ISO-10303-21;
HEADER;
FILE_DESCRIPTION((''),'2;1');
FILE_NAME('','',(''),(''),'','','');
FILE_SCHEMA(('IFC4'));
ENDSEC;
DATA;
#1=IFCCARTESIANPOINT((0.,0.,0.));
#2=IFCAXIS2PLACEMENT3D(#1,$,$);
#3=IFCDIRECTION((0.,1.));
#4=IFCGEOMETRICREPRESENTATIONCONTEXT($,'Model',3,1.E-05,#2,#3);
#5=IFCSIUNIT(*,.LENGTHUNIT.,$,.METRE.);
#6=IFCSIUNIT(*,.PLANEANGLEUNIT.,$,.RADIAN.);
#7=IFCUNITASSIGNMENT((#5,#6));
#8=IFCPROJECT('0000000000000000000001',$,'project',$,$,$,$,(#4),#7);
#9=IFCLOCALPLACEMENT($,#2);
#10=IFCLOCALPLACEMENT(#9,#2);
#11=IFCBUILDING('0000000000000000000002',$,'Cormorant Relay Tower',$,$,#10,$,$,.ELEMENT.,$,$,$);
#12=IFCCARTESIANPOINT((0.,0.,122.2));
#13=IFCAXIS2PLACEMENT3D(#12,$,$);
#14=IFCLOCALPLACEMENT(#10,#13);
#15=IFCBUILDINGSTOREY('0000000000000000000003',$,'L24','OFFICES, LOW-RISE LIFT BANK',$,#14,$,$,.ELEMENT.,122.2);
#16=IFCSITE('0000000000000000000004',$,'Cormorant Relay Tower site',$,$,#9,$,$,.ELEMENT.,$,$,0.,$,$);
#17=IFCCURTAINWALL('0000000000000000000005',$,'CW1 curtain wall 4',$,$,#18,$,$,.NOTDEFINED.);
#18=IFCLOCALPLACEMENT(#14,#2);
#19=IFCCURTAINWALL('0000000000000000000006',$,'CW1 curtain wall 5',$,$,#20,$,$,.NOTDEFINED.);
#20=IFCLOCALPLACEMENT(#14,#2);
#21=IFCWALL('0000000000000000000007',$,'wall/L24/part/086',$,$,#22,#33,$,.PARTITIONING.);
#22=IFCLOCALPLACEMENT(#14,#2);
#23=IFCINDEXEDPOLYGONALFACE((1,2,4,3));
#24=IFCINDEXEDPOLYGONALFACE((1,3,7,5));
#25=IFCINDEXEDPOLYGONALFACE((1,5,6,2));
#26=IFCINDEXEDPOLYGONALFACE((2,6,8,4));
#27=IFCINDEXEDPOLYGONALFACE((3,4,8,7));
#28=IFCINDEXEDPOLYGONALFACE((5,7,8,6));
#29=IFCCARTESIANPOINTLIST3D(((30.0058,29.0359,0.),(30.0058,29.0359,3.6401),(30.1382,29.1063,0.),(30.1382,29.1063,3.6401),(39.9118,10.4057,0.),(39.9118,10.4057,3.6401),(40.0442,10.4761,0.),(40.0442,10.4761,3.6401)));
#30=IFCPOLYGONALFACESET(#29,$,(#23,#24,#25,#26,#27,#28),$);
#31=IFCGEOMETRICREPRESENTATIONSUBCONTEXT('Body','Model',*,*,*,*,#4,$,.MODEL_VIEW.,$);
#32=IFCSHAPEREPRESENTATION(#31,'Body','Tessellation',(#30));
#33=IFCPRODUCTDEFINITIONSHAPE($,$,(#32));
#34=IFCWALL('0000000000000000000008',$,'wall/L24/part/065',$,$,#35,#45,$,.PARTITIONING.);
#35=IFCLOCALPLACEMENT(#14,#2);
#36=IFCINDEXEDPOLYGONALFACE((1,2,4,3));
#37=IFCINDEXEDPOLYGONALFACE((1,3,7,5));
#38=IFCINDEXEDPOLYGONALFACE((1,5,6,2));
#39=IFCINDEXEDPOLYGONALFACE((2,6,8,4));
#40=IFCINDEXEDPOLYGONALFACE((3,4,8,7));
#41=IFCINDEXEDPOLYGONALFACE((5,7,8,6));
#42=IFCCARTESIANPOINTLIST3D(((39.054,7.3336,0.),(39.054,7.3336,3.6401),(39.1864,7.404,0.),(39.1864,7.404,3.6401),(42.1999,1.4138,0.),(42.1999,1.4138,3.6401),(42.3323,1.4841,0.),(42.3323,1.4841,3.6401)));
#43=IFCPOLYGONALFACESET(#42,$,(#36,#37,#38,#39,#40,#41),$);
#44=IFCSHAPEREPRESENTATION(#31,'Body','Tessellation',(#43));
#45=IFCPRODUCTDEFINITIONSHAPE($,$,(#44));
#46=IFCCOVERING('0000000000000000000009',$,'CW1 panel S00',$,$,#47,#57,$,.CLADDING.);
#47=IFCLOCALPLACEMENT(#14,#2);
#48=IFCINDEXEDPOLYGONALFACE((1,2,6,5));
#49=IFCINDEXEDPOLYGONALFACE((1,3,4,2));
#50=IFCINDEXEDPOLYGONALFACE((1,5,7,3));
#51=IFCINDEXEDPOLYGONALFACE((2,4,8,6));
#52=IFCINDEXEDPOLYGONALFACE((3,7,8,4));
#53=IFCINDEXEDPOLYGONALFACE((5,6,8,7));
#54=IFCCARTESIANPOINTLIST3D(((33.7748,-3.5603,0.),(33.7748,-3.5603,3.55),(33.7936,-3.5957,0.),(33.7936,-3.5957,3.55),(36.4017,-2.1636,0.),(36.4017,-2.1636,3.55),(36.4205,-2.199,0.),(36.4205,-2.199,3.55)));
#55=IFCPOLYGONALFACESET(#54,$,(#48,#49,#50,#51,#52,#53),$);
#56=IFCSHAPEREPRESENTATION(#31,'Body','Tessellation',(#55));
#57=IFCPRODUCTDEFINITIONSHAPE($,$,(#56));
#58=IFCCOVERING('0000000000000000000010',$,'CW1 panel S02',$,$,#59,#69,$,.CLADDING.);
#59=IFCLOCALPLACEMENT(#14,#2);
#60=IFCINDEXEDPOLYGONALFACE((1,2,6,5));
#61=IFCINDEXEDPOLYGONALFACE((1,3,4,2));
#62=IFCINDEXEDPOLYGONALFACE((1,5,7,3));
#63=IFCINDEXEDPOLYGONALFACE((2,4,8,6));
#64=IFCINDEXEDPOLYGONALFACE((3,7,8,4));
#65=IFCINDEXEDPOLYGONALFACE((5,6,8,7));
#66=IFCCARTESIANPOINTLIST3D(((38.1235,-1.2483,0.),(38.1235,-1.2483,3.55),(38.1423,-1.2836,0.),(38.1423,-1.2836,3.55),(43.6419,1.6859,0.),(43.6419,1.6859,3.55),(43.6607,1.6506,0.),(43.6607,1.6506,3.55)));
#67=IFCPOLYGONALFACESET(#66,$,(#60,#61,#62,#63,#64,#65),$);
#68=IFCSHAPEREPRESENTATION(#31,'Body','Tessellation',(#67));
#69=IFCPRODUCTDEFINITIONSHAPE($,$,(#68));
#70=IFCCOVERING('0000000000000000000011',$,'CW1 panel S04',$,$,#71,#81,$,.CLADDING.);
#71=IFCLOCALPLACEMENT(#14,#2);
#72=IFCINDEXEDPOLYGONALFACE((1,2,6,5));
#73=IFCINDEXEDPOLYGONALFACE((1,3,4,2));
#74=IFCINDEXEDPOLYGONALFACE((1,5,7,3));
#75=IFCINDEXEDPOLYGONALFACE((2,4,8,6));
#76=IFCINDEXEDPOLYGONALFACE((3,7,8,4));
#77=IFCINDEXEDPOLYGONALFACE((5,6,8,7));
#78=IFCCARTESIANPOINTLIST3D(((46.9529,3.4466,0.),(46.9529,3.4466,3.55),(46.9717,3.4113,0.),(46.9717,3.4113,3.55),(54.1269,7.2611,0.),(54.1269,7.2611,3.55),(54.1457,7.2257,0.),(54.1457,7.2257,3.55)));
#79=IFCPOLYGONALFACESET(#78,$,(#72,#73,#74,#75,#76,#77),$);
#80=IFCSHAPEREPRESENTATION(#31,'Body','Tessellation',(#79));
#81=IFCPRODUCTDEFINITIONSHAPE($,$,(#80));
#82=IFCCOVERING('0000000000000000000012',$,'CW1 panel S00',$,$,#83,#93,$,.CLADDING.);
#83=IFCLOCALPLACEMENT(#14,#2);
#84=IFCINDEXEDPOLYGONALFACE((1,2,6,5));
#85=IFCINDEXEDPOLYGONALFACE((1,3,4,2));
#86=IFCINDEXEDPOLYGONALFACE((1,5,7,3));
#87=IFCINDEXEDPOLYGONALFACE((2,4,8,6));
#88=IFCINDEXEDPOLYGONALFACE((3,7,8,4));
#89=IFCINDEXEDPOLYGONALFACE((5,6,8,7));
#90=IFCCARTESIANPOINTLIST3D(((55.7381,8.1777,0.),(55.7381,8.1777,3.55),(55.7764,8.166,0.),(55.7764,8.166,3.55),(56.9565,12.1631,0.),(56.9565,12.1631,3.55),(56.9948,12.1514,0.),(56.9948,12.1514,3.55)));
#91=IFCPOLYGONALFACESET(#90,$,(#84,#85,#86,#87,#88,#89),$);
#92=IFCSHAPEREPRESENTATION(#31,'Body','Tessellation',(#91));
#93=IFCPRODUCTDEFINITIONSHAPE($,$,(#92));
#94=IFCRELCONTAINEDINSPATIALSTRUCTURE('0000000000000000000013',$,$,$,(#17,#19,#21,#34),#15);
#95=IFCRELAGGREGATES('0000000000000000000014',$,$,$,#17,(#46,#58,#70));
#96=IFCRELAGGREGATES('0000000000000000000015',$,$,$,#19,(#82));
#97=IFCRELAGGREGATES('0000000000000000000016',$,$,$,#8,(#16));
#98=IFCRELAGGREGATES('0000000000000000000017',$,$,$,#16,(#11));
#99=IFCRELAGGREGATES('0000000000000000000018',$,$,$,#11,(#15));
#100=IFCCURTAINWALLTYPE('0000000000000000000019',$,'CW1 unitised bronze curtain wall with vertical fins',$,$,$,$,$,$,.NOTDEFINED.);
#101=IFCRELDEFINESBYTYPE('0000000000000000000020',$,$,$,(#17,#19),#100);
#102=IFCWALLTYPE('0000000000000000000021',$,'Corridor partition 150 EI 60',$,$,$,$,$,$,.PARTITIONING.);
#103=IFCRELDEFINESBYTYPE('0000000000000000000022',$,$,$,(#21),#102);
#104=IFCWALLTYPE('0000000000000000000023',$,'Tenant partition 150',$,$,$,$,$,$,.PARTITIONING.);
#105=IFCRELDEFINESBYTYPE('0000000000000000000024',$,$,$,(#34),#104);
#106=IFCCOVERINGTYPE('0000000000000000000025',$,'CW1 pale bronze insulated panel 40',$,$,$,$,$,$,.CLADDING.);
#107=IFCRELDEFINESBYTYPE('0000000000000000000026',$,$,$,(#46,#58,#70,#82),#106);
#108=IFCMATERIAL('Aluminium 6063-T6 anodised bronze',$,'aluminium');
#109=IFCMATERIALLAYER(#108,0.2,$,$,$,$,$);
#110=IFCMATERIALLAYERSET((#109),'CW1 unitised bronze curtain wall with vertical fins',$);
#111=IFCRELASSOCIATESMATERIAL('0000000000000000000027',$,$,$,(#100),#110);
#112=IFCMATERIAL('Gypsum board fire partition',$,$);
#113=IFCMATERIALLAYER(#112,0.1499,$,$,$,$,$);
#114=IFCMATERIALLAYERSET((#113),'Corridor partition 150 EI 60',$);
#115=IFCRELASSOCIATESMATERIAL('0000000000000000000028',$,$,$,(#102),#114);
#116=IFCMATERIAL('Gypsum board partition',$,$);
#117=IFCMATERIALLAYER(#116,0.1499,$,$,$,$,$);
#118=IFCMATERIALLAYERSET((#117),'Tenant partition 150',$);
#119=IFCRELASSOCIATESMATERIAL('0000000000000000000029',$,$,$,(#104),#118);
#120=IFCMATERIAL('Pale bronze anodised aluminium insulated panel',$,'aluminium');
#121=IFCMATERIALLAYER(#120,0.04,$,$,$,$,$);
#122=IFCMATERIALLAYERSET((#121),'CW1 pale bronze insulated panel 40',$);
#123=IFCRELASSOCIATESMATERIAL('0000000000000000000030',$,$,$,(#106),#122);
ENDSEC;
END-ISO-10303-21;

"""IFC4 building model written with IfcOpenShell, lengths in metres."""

from ifc_helpers import new_model, si_unit, direction, frame, frame_2d, origin, origin_2d, place, context, subcontext, project, spatial, rectangle, extrude, material, layer, layer_set, type_object, element, aggregate, save


model = new_model("IFC4")

# Units and contexts
model_context = context("Model", 3, precision=1e-05, world=origin(), true_north=direction((0.0, 1.0)))
body_context = subcontext(model_context, "Body", "Model", "MODEL_VIEW")
ifc_project = project(units=[si_unit("LENGTHUNIT", "METRE"), si_unit("PLANEANGLEUNIT", "RADIAN")], contexts=[model_context])

# Site, building, storey
site_placement = place(None, origin())
site = spatial("IfcSite", under=ifc_project, at=site_placement, Name="Cormorant Relay Tower site", CompositionType="ELEMENT", RefElevation=0.0)
building_placement = place(site_placement, origin())
building = spatial("IfcBuilding", under=site, at=building_placement, Name="Cormorant Relay Tower", CompositionType="ELEMENT")
storey_placement = place(building_placement, frame((0.0, 0.0, 122.2)))
storey = spatial("IfcBuildingStorey", under=building, at=storey_placement, Name="L24", Description="OFFICES, LOW-RISE LIFT BANK", CompositionType="ELEMENT", Elevation=122.2)

# Shared definitions
ifc_material_1 = material(Name="Aluminium 6063-T6 anodised bronze", Category="aluminium")
ifc_layer_1 = layer(ifc_material_1, 0.2)
ifc_layer_set_1 = layer_set([ifc_layer_1], Name="CW1 unitised bronze curtain wall with vertical fins")
curtain_wall_type = type_object("IfcCurtainWallType", Name="CW1 unitised bronze curtain wall with vertical fins", PredefinedType="NOTDEFINED", material=ifc_layer_set_1)

# Curtain wall
curtain_wall_1_placement = place(storey_placement, origin())
curtain_wall_1 = element("IfcCurtainWall", 1, at=curtain_wall_1_placement, inside=storey, type_object=curtain_wall_type, Name="CW1 curtain wall 4", PredefinedType="NOTDEFINED")

# Curtain wall
curtain_wall_2_placement = place(storey_placement, origin())
curtain_wall_2 = element("IfcCurtainWall", 2, at=curtain_wall_2_placement, inside=storey, type_object=curtain_wall_type, Name="CW1 curtain wall 5", PredefinedType="NOTDEFINED")

# Shared definitions
ifc_material_2 = material(Name="Gypsum board fire partition")
ifc_layer_2 = layer(ifc_material_2, 0.1499)
ifc_layer_set_2 = layer_set([ifc_layer_2], Name="Corridor partition 150 EI 60")
wall_type_1 = type_object("IfcWallType", Name="Corridor partition 150 EI 60", PredefinedType="PARTITIONING", material=ifc_layer_set_2)

# Walls
wall_1_placement = place(storey_placement, frame((39.978, 10.4409, 0.0), z_axis=(0.0, 0.0, 1.0), x_axis=(-0.469479, 0.882944, 0.0)))
element("IfcWall", 3, at=wall_1_placement, inside=storey, type_object=wall_type_1, Name="wall/L24/part/086", PredefinedType="PARTITIONING", context=body_context, shape_type="SweptSolid", body=[
    extrude(rectangle(XDim=21.1001, YDim=0.1499, at=frame_2d((10.55, 0.0))), origin(), (0.0, 0.0, 1.0), 3.6401),
])
ifc_material_3 = material(Name="Gypsum board partition")
ifc_layer_3 = layer(ifc_material_3, 0.1499)
ifc_layer_set_3 = layer_set([ifc_layer_3], Name="Tenant partition 150")
wall_type_2 = type_object("IfcWallType", Name="Tenant partition 150", PredefinedType="PARTITIONING", material=ifc_layer_set_3)
wall_2_placement = place(storey_placement, frame((39.1201, 7.3689, 0.0), z_axis=(0.0, 0.0, 1.0), x_axis=(0.469276, -0.883052, 0.0)))
element("IfcWall", 4, at=wall_2_placement, inside=storey, type_object=wall_type_2, Name="wall/L24/part/065", PredefinedType="PARTITIONING", context=body_context, shape_type="SweptSolid", body=[
    extrude(rectangle(XDim=6.7039, YDim=0.1499, at=frame_2d((3.3521, 0.0))), origin(), (0.0, 0.0, 1.0), 3.6401),
])

# Coverings
ifc_material_4 = material(Name="Pale bronze anodised aluminium insulated panel", Category="aluminium")
ifc_layer_4 = layer(ifc_material_4, 0.04)
ifc_layer_set_4 = layer_set([ifc_layer_4], Name="CW1 pale bronze insulated panel 40")
covering_type = type_object("IfcCoveringType", Name="CW1 pale bronze insulated panel 40", PredefinedType="CLADDING", material=ifc_layer_set_4)
covering_1_placement = place(storey_placement, frame((35.0977, -2.8796, 0.0), z_axis=(0.0, 0.0, 1.0), x_axis=(0.882948, 0.469472, 0.0)))
covering_1 = element("IfcCovering", 5, at=covering_1_placement, type_object=covering_type, Name="CW1 panel S00", PredefinedType="CLADDING", context=body_context, shape_type="SweptSolid", body=[
    extrude(rectangle(XDim=2.9751, YDim=0.04, at=origin_2d()), origin(), (0.0, 0.0, 1.0), 3.55),
])
covering_2_placement = place(storey_placement, frame((40.8921, 0.2012, 0.0), z_axis=(0.0, 0.0, 1.0), x_axis=(0.882948, 0.469472, 0.0)))
covering_2 = element("IfcCovering", 6, at=covering_2_placement, type_object=covering_type, Name="CW1 panel S02", PredefinedType="CLADDING", context=body_context, shape_type="SweptSolid", body=[
    extrude(rectangle(XDim=6.25, YDim=0.04, at=origin_2d()), origin(), (0.0, 0.0, 1.0), 3.55),
])
covering_3_placement = place(storey_placement, frame((50.5493, 5.3362, 0.0), z_axis=(0.0, 0.0, 1.0), x_axis=(0.882948, 0.469472, 0.0)))
covering_3 = element("IfcCovering", 7, at=covering_3_placement, type_object=covering_type, Name="CW1 panel S04", PredefinedType="CLADDING", context=body_context, shape_type="SweptSolid", body=[
    extrude(rectangle(XDim=8.125, YDim=0.04, at=origin_2d()), origin(), (0.0, 0.0, 1.0), 3.55),
])
aggregate(curtain_wall_1, [covering_1, covering_2, covering_3])
covering_4_placement = place(storey_placement, frame((56.3665, 10.1646, 0.0), z_axis=(0.0, 0.0, 1.0), x_axis=(0.292372, 0.956305, 0.0)))
covering_4 = element("IfcCovering", 8, at=covering_4_placement, type_object=covering_type, Name="CW1 panel S00", PredefinedType="CLADDING", context=body_context, shape_type="SweptSolid", body=[
    extrude(rectangle(XDim=4.1675, YDim=0.04, at=origin_2d()), origin(), (0.0, 0.0, 1.0), 3.55),
])
aggregate(curtain_wall_2, [covering_4])

save(model, "model.ifc")
